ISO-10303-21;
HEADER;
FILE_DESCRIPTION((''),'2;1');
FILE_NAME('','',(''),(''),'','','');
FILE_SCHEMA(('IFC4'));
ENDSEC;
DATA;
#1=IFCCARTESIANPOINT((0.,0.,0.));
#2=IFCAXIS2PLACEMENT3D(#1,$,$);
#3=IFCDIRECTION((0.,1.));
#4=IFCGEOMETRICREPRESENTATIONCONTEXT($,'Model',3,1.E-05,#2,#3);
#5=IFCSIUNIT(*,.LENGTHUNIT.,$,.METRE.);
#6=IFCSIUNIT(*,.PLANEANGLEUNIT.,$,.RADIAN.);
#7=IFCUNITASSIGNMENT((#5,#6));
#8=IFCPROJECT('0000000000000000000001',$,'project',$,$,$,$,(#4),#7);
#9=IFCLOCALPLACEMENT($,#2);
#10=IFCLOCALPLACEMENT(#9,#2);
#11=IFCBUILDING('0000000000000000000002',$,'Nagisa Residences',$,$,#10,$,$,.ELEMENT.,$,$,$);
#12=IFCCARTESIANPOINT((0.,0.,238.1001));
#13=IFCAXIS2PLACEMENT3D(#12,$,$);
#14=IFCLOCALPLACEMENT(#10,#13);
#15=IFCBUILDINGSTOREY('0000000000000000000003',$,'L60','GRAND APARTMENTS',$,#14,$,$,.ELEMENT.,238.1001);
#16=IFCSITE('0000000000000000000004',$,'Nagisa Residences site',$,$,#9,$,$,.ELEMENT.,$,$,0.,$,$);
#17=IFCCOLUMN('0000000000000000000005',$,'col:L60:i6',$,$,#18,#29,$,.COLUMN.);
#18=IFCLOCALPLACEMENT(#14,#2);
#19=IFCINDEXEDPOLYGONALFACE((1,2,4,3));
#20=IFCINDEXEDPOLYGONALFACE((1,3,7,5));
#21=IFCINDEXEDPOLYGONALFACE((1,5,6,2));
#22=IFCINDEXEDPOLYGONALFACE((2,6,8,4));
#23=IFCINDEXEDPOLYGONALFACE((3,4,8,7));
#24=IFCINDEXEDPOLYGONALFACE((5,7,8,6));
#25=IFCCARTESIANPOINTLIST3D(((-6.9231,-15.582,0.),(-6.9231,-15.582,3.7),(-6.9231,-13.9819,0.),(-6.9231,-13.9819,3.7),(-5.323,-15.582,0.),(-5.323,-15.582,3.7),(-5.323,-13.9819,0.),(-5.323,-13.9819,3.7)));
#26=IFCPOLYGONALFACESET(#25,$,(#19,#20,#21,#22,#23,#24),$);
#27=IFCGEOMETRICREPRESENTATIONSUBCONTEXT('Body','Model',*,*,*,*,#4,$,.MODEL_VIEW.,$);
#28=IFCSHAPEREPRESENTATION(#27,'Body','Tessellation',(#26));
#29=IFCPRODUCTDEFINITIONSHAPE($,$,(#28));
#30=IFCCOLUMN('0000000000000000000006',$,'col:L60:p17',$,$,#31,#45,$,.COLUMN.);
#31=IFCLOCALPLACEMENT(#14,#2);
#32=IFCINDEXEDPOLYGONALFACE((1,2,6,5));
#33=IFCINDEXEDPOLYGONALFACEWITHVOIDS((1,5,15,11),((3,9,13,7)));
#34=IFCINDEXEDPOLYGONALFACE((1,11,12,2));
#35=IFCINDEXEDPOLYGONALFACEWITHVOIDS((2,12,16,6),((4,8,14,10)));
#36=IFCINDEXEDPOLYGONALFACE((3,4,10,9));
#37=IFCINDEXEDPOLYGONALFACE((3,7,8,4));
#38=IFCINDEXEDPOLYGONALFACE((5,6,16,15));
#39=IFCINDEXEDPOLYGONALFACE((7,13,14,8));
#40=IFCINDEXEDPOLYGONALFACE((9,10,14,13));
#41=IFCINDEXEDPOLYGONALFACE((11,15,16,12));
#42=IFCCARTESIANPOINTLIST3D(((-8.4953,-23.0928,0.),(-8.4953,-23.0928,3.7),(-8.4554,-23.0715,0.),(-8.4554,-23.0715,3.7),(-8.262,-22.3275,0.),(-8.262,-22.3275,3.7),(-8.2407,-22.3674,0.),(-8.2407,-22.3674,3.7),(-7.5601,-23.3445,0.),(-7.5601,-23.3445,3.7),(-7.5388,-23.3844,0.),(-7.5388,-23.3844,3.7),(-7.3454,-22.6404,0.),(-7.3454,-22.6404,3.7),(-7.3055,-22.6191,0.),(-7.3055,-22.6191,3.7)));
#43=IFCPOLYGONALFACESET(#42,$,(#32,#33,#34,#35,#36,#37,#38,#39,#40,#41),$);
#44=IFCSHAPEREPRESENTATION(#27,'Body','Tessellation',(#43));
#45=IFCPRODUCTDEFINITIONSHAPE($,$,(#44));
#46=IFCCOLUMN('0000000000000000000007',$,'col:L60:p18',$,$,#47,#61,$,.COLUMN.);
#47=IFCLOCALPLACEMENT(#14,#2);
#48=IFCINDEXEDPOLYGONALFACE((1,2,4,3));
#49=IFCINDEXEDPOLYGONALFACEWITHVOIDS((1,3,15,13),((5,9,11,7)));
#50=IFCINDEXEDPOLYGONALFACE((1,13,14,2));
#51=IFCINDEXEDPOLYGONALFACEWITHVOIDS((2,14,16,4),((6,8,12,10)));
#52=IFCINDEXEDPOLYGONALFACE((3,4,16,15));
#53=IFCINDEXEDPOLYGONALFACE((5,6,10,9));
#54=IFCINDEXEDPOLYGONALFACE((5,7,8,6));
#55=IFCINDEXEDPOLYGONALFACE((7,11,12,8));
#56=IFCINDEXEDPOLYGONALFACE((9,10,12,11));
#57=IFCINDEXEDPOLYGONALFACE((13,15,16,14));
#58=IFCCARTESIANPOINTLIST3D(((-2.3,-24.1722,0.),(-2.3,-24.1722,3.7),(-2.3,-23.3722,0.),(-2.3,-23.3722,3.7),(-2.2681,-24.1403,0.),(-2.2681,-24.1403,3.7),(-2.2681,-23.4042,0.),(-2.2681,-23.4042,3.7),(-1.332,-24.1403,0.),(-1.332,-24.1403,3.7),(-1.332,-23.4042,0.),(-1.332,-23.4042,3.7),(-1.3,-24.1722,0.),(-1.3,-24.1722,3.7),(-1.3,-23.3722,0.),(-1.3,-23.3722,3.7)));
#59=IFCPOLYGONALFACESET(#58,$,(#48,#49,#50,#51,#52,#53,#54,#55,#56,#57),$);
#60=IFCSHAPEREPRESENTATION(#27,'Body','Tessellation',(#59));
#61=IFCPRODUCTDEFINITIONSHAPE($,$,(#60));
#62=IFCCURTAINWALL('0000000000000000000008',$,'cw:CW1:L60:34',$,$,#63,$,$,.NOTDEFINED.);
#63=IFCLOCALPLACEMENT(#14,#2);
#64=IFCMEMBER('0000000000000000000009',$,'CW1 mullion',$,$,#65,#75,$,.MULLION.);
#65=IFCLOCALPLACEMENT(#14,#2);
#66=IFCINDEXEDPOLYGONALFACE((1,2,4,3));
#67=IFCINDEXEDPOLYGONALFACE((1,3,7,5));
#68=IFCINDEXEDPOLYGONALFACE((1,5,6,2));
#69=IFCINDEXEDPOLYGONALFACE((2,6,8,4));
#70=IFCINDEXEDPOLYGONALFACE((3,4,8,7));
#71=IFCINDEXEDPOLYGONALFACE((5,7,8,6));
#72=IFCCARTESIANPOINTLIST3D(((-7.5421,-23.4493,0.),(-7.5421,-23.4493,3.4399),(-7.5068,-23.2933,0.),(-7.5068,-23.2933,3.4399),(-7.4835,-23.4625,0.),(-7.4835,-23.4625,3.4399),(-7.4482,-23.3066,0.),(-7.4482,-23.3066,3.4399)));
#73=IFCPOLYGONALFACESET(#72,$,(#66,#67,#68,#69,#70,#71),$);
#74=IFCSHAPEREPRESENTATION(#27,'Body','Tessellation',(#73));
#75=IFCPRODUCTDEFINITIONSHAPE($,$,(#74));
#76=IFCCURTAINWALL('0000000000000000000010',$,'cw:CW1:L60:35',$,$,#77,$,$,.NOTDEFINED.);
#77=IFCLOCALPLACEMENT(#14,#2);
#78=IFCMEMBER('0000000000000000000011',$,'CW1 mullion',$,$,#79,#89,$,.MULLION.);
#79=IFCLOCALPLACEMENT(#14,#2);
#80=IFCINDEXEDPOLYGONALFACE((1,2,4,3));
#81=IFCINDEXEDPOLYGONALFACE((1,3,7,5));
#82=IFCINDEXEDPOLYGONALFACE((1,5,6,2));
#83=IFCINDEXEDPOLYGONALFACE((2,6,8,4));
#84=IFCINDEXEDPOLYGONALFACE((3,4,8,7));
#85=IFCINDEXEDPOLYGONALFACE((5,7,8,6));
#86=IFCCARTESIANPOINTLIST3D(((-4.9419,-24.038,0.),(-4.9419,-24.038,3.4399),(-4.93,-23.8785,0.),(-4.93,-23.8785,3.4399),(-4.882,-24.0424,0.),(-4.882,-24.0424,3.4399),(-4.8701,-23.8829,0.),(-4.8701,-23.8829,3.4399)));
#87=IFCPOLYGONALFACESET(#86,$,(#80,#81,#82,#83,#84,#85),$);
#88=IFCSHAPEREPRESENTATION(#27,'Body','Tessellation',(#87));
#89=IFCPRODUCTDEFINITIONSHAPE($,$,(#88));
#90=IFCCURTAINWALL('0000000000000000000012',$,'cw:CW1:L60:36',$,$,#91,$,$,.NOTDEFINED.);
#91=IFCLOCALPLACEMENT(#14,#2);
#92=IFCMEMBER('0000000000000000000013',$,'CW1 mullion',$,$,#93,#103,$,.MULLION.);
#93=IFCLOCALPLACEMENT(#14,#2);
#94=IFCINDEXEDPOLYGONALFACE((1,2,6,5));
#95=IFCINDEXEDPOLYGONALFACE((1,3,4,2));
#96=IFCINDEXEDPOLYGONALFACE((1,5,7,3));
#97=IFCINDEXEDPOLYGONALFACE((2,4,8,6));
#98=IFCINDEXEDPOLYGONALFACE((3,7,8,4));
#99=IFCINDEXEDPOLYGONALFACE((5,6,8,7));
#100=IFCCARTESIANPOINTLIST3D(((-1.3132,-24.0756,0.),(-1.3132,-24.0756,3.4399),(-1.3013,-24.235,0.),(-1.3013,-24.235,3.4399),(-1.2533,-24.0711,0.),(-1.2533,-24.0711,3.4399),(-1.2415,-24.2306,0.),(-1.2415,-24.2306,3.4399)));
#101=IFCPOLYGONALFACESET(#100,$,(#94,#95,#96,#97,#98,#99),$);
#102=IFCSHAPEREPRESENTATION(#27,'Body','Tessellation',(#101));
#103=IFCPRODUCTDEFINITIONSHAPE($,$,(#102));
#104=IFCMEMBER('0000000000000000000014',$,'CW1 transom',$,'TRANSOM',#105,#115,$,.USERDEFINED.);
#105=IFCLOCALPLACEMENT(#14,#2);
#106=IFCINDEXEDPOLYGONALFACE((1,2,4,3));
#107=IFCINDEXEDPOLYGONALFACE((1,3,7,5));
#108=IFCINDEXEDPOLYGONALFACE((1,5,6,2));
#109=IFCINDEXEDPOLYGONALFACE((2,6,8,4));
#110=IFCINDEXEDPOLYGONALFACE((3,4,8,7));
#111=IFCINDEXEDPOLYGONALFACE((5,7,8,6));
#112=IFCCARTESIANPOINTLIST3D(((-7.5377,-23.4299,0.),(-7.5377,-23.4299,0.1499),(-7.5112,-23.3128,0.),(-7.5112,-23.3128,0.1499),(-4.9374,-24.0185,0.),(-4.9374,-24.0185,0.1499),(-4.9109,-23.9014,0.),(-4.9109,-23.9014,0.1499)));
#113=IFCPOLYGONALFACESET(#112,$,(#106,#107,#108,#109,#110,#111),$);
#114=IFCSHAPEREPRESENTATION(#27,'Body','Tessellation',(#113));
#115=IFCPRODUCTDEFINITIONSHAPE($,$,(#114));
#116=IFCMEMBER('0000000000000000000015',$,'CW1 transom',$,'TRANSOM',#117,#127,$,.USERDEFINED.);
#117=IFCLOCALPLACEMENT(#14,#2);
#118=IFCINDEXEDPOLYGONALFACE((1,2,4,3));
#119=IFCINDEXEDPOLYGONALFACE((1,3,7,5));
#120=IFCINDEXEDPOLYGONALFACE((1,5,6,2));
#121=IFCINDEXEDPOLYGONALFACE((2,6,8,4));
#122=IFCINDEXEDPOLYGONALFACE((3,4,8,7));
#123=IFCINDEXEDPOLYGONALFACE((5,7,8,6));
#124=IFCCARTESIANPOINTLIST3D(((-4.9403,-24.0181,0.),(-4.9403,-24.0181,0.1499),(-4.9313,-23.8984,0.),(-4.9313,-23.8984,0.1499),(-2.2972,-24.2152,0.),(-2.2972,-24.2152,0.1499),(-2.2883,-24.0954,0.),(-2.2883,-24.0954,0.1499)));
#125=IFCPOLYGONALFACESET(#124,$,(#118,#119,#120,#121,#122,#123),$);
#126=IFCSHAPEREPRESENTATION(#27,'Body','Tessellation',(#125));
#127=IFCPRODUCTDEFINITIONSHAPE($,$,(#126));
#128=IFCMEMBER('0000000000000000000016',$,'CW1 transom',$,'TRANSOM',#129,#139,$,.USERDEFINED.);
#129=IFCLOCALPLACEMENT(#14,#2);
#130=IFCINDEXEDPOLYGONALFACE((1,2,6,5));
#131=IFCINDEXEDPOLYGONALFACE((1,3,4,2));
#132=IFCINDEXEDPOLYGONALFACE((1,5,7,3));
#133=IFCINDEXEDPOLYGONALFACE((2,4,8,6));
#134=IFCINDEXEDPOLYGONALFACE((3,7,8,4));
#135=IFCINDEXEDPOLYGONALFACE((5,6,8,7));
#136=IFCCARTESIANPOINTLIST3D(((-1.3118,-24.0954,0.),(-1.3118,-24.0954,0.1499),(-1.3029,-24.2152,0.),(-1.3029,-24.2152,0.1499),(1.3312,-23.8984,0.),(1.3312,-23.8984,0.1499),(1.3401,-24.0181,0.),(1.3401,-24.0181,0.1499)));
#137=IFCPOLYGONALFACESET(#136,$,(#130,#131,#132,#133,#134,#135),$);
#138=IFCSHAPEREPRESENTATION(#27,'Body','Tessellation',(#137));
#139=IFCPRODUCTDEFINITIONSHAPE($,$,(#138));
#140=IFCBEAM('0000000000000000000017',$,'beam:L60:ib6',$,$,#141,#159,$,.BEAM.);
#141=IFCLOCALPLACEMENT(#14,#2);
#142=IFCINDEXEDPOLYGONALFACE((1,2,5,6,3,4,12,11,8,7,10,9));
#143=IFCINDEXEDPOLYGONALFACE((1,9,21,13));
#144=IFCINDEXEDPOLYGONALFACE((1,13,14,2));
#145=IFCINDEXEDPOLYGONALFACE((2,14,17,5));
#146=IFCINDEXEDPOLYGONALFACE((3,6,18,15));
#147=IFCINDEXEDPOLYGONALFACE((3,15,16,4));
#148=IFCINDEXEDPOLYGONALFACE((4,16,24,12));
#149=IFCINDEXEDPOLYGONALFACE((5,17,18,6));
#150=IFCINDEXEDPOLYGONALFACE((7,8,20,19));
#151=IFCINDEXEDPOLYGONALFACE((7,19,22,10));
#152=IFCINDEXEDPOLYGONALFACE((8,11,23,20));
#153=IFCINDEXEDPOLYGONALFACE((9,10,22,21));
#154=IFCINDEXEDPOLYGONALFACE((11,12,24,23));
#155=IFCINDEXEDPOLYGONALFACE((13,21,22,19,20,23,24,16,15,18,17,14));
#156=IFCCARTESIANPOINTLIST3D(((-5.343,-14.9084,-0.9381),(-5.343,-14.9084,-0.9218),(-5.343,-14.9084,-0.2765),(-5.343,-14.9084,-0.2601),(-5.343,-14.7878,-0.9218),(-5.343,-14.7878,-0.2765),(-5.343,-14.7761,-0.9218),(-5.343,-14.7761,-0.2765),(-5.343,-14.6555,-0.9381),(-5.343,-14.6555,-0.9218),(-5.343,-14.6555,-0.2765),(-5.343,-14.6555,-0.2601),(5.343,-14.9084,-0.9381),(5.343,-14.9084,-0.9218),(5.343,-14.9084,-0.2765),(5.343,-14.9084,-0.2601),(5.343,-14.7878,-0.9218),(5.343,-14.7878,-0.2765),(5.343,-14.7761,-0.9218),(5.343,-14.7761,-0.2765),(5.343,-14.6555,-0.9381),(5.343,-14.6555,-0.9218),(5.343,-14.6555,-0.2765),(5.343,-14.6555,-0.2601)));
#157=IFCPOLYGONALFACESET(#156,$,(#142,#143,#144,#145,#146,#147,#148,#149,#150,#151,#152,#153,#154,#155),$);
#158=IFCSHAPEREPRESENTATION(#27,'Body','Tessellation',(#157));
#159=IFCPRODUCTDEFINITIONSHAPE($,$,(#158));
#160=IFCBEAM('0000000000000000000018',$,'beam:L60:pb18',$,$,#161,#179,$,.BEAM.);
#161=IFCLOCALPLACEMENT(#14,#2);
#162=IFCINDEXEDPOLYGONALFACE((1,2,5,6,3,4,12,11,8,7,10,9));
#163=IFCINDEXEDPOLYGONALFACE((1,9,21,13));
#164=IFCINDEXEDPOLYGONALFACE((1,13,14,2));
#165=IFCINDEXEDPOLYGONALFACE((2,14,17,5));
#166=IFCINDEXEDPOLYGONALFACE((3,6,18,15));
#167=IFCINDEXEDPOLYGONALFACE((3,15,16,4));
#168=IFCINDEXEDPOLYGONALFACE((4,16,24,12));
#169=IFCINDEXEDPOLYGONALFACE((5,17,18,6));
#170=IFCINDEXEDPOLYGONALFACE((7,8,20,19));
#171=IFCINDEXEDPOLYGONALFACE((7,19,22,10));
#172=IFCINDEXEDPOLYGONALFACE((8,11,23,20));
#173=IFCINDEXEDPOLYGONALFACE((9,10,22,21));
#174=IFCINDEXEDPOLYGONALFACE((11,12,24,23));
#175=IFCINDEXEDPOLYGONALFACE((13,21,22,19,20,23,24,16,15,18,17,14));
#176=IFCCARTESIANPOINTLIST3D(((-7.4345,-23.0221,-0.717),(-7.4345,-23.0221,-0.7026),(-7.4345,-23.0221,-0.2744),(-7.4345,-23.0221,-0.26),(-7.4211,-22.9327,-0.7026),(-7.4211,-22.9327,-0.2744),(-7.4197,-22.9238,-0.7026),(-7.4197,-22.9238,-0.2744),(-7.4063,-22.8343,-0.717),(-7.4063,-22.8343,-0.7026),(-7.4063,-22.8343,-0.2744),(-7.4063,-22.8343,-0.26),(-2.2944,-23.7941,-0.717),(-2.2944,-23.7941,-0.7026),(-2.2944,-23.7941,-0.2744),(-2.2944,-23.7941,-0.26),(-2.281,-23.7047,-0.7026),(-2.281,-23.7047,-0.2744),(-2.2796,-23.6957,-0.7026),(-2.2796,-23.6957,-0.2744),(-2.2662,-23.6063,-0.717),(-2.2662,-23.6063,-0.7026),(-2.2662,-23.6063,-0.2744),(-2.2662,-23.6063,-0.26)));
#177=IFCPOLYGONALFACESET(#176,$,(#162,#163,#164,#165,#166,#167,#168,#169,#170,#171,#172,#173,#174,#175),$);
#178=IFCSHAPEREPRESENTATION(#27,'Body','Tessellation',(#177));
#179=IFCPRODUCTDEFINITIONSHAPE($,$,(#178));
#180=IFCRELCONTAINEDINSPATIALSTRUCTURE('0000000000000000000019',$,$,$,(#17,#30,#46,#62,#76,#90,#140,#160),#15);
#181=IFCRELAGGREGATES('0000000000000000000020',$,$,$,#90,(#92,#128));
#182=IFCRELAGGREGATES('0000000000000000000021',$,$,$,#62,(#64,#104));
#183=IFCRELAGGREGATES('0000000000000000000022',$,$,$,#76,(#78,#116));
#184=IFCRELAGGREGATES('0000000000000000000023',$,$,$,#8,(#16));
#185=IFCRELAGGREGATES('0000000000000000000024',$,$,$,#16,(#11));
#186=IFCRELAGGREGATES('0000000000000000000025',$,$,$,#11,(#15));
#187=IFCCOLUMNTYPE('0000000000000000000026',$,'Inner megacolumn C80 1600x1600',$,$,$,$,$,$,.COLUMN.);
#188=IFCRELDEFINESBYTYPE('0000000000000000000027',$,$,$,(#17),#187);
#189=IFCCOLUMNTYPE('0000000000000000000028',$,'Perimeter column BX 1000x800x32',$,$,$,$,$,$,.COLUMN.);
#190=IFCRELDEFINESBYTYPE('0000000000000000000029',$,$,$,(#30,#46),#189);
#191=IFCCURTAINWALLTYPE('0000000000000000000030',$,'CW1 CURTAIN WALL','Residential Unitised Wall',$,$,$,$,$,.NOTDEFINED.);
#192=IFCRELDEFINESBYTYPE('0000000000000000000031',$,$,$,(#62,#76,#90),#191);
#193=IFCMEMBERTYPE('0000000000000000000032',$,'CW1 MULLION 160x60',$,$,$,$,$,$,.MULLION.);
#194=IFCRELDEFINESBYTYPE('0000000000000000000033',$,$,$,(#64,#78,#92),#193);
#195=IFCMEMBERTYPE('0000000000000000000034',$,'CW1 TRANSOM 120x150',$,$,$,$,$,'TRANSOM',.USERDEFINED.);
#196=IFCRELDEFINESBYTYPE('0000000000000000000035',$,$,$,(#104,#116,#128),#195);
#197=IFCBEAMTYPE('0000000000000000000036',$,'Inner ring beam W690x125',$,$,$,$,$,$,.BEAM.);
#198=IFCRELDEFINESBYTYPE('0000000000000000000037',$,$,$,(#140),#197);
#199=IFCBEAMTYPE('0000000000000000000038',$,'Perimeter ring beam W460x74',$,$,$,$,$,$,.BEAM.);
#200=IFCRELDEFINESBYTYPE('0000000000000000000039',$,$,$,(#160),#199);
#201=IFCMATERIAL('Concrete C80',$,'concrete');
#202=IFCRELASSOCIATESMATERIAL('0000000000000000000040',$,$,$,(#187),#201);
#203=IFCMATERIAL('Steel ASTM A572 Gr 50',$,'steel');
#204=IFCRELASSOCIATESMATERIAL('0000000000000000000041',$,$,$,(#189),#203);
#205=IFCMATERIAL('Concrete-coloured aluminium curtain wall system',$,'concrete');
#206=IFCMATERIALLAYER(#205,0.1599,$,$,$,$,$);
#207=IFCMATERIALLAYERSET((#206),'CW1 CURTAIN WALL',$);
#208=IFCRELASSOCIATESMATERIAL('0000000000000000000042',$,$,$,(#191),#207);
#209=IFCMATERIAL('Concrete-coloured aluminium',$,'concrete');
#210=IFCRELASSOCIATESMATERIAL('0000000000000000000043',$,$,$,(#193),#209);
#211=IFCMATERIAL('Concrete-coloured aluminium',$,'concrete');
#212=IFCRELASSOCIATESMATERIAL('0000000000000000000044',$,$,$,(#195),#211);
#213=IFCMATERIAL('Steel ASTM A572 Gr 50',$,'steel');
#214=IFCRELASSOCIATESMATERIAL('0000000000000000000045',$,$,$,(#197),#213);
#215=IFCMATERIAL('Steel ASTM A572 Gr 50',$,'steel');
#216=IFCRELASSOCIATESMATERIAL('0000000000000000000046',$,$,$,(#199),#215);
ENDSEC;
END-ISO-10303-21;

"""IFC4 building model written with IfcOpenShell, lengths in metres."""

from ifc_helpers import new_model, si_unit, direction, frame, origin, origin_2d, place, context, subcontext, project, spatial, rectangle, hollow_rectangle, i_section, extrude, material, layer, layer_set, material_profile, profile_set, type_object, element, aggregate, save


model = new_model("IFC4")

# Units and contexts
model_context = context("Model", 3, precision=1e-05, world=origin(), true_north=direction((0.0, 1.0)))
body_context = subcontext(model_context, "Body", "Model", "MODEL_VIEW")
ifc_project = project(units=[si_unit("LENGTHUNIT", "METRE"), si_unit("PLANEANGLEUNIT", "RADIAN")], contexts=[model_context])

# Site, building, storey
site_placement = place(None, origin())
site = spatial("IfcSite", under=ifc_project, at=site_placement, Name="Nagisa Residences site", CompositionType="ELEMENT", RefElevation=0.0)
building_placement = place(site_placement, origin())
building = spatial("IfcBuilding", under=site, at=building_placement, Name="Nagisa Residences", CompositionType="ELEMENT")
storey_placement = place(building_placement, frame((0.0, 0.0, 238.1001)))
storey = spatial("IfcBuildingStorey", under=building, at=storey_placement, Name="L60", Description="GRAND APARTMENTS", CompositionType="ELEMENT", Elevation=238.1001)

# Columns
ifc_material_1 = material(Name="Concrete C80", Category="concrete")
ifc_material_profile_1 = material_profile(ifc_material_1, rectangle(XDim=1.6001, YDim=1.6001, at=origin_2d()), Name="C80 1600x1600")
ifc_profile_set_1 = profile_set([ifc_material_profile_1], Name="Concrete C80")
column_type_1 = type_object("IfcColumnType", Name="Inner megacolumn C80 1600x1600", PredefinedType="COLUMN", material=ifc_profile_set_1)
column_placement = place(storey_placement, frame((-6.123, -14.782, 0.0), z_axis=(0.0, 0.0, 1.0), x_axis=(1.0, 0.0, 0.0)))
element("IfcColumn", 1, at=column_placement, inside=storey, type_object=column_type_1, Name="col:L60:i6", PredefinedType="COLUMN", context=body_context, shape_type="SweptSolid", body=[
    extrude(rectangle(XDim=1.6001, YDim=1.6001, at=origin_2d()), origin(), (0.0, 0.0, 1.0), 3.7),
])
ifc_material_2 = material(Name="Steel ASTM A572 Gr 50", Category="steel")
ifc_material_profile_2 = material_profile(ifc_material_2, hollow_rectangle(XDim=1.0, YDim=0.8, WallThickness=0.032, at=origin_2d()), Name="BX 1000x800x32")
ifc_profile_set_2 = profile_set([ifc_material_profile_2], Name="Steel ASTM A572 Gr 50")
column_type_2 = type_object("IfcColumnType", Name="Perimeter column BX 1000x800x32", PredefinedType="COLUMN", material=ifc_profile_set_2)
for number, where, z_axis, x_axis, name in (
    (2, (-7.9004, -22.856, 0.0), (0.0, 0.0, 1.0), (0.956525, -0.291652, 0.0), "col:L60:p17"),
    (3, (-1.8, -23.7722, 0.0), (0.0, 0.0, 1.0), (1.0, 0.0, 0.0), "col:L60:p18"),
):
    element("IfcColumn", number, at=place(storey_placement, frame(where, z_axis=z_axis, x_axis=x_axis)), inside=storey, type_object=column_type_2, Name=name, PredefinedType="COLUMN", context=body_context, shape_type="SweptSolid", body=[
        extrude(hollow_rectangle(XDim=1.0, YDim=0.8, WallThickness=0.032, at=origin_2d()), origin(), (0.0, 0.0, 1.0), 3.7),
    ])

# Curtain walls, members
ifc_material_3 = material(Name="Concrete-coloured aluminium curtain wall system", Category="concrete")
ifc_layer_1 = layer(ifc_material_3, 0.1599)
ifc_layer_set_1 = layer_set([ifc_layer_1], Name="CW1 CURTAIN WALL")
curtain_wall_type = type_object("IfcCurtainWallType", Name="CW1 CURTAIN WALL", Description="Residential Unitised Wall", PredefinedType="NOTDEFINED", material=ifc_layer_set_1)
curtain_wall_1_placement = place(storey_placement, origin())
curtain_wall_1 = element("IfcCurtainWall", 4, at=curtain_wall_1_placement, inside=storey, type_object=curtain_wall_type, Name="cw:CW1:L60:34", PredefinedType="NOTDEFINED")
ifc_material_4 = material(Name="Concrete-coloured aluminium", Category="concrete")
ifc_material_profile_3 = material_profile(ifc_material_4, rectangle(XDim=0.1599, YDim=0.0601, at=origin_2d()), Name="CW1 MULLION 160x60")
ifc_profile_set_3 = profile_set([ifc_material_profile_3], Name="Concrete-coloured aluminium")
member_type_1 = type_object("IfcMemberType", Name="CW1 MULLION 160x60", PredefinedType="MULLION", material=ifc_profile_set_3)
member_1_placement = place(storey_placement, frame((-7.4951, -23.3779, 0.0), z_axis=(0.0, 0.0, 1.0), x_axis=(0.220764, 0.975327, 0.0)))
member_1 = element("IfcMember", 5, at=member_1_placement, type_object=member_type_1, Name="CW1 mullion", PredefinedType="MULLION", context=body_context, shape_type="SweptSolid", body=[
    extrude(rectangle(XDim=0.1599, YDim=0.0601, at=origin_2d()), origin(), (0.0, 0.0, 1.0), 3.4399),
])
curtain_wall_2_placement = place(storey_placement, origin())
curtain_wall_2 = element("IfcCurtainWall", 6, at=curtain_wall_2_placement, inside=storey, type_object=curtain_wall_type, Name="cw:CW1:L60:35", PredefinedType="NOTDEFINED")
member_2_placement = place(storey_placement, frame((-4.906, -23.9604, 0.0), z_axis=(0.0, 0.0, 1.0), x_axis=(0.074377, 0.99723, 0.0)))
member_2 = element("IfcMember", 7, at=member_2_placement, type_object=member_type_1, Name="CW1 mullion", PredefinedType="MULLION", context=body_context, shape_type="SweptSolid", body=[
    extrude(rectangle(XDim=0.1599, YDim=0.0601, at=origin_2d()), origin(), (0.0, 0.0, 1.0), 3.4399),
])
curtain_wall_3_placement = place(storey_placement, origin())
curtain_wall_3 = element("IfcCurtainWall", 8, at=curtain_wall_3_placement, inside=storey, type_object=curtain_wall_type, Name="cw:CW1:L60:36", PredefinedType="NOTDEFINED")
member_3_placement = place(storey_placement, frame((-1.2773, -24.1531, 0.0), z_axis=(0.0, 0.0, 1.0), x_axis=(-0.074377, 0.99723, 0.0)))
member_3 = element("IfcMember", 9, at=member_3_placement, type_object=member_type_1, Name="CW1 mullion", PredefinedType="MULLION", context=body_context, shape_type="SweptSolid", body=[
    extrude(rectangle(XDim=0.1599, YDim=0.0601, at=origin_2d()), origin(), (0.0, 0.0, 1.0), 3.4399),
])

# Members
ifc_material_5 = material(Name="Concrete-coloured aluminium", Category="concrete")
ifc_material_profile_4 = material_profile(ifc_material_5, rectangle(XDim=0.1201, YDim=0.1499, at=origin_2d()), Name="CW1 TRANSOM 120x150")
ifc_profile_set_4 = profile_set([ifc_material_profile_4], Name="Concrete-coloured aluminium")
member_type_2 = type_object("IfcMemberType", Name="CW1 TRANSOM 120x150", ElementType="TRANSOM", PredefinedType="USERDEFINED", material=ifc_profile_set_4)
member_4_placement = place(storey_placement, frame((-7.5244, -23.3713, 0.075), z_axis=(0.975324, -0.220778, 0.0), x_axis=(0.220778, 0.975324, 0.0)))
member_4 = element("IfcMember", 10, at=member_4_placement, type_object=member_type_2, Name="CW1 transom", ObjectType="TRANSOM", PredefinedType="USERDEFINED", context=body_context, shape_type="SweptSolid", body=[
    extrude(rectangle(XDim=0.1201, YDim=0.1499, at=origin_2d()), origin(), (0.0, 0.0, 1.0), 2.666),
])
member_5_placement = place(storey_placement, frame((-4.9358, -23.9583, 0.075), z_axis=(0.997233, -0.074337, 0.0), x_axis=(0.074337, 0.997233, 0.0)))
member_5 = element("IfcMember", 11, at=member_5_placement, type_object=member_type_2, Name="CW1 transom", ObjectType="TRANSOM", PredefinedType="USERDEFINED", context=body_context, shape_type="SweptSolid", body=[
    extrude(rectangle(XDim=0.1201, YDim=0.1499, at=origin_2d()), origin(), (0.0, 0.0, 1.0), 2.6504),
])
member_6_placement = place(storey_placement, frame((-1.3074, -24.1553, 0.075), z_axis=(0.997233, 0.074337, 0.0), x_axis=(-0.074337, 0.997233, 0.0)))
member_6 = element("IfcMember", 12, at=member_6_placement, type_object=member_type_2, Name="CW1 transom", ObjectType="TRANSOM", PredefinedType="USERDEFINED", context=body_context, shape_type="SweptSolid", body=[
    extrude(rectangle(XDim=0.1201, YDim=0.1499, at=origin_2d()), origin(), (0.0, 0.0, 1.0), 2.6504),
])
aggregate(curtain_wall_3, [member_3, member_6])

# Beams
ifc_material_6 = material(Name="Steel ASTM A572 Gr 50", Category="steel")
ifc_material_profile_5 = material_profile(ifc_material_6, i_section(OverallWidth=0.2529, OverallDepth=0.678, WebThickness=0.0117, FlangeThickness=0.0164, at=origin_2d()), Name="W690x125")
ifc_profile_set_5 = profile_set([ifc_material_profile_5], Name="Steel ASTM A572 Gr 50")
beam_type_1 = type_object("IfcBeamType", Name="Inner ring beam W690x125", PredefinedType="BEAM", material=ifc_profile_set_5)
beam_1_placement = place(storey_placement, frame((-5.343, -14.782, -0.5991), z_axis=(1.0, 0.0, 0.0), x_axis=(0.0, 1.0, 0.0)))
element("IfcBeam", 13, at=beam_1_placement, inside=storey, type_object=beam_type_1, Name="beam:L60:ib6", PredefinedType="BEAM", context=body_context, shape_type="SweptSolid", body=[
    extrude(i_section(OverallWidth=0.2529, OverallDepth=0.678, WebThickness=0.0117, FlangeThickness=0.0164, at=origin_2d()), origin(), (0.0, 0.0, 1.0), 10.686),
])
ifc_material_7 = material(Name="Steel ASTM A572 Gr 50", Category="steel")
ifc_material_profile_6 = material_profile(ifc_material_7, i_section(OverallWidth=0.1899, OverallDepth=0.457, WebThickness=0.009, FlangeThickness=0.0144, at=origin_2d()), Name="W460x74")
ifc_profile_set_6 = profile_set([ifc_material_profile_6], Name="Steel ASTM A572 Gr 50")
beam_type_2 = type_object("IfcBeamType", Name="Perimeter ring beam W460x74", PredefinedType="BEAM", material=ifc_profile_set_6)
for number, where, z_axis, x_axis, name in (
    (14, (-7.4204, -22.9282, -0.4885), (0.988909, -0.14852, 0.0), (0.14852, 0.988909, 0.0), "beam:L60:pb18"),
):
    element("IfcBeam", number, at=place(storey_placement, frame(where, z_axis=z_axis, x_axis=x_axis)), inside=storey, type_object=beam_type_2, Name=name, PredefinedType="BEAM", context=body_context, shape_type="SweptSolid", body=[
        extrude(i_section(OverallWidth=0.1899, OverallDepth=0.457, WebThickness=0.009, FlangeThickness=0.0144, at=origin_2d()), origin(), (0.0, 0.0, 1.0), 5.1978),
    ])

aggregate(curtain_wall_1, [member_1, member_4])
aggregate(curtain_wall_2, [member_2, member_5])

save(model, "model.ifc")
